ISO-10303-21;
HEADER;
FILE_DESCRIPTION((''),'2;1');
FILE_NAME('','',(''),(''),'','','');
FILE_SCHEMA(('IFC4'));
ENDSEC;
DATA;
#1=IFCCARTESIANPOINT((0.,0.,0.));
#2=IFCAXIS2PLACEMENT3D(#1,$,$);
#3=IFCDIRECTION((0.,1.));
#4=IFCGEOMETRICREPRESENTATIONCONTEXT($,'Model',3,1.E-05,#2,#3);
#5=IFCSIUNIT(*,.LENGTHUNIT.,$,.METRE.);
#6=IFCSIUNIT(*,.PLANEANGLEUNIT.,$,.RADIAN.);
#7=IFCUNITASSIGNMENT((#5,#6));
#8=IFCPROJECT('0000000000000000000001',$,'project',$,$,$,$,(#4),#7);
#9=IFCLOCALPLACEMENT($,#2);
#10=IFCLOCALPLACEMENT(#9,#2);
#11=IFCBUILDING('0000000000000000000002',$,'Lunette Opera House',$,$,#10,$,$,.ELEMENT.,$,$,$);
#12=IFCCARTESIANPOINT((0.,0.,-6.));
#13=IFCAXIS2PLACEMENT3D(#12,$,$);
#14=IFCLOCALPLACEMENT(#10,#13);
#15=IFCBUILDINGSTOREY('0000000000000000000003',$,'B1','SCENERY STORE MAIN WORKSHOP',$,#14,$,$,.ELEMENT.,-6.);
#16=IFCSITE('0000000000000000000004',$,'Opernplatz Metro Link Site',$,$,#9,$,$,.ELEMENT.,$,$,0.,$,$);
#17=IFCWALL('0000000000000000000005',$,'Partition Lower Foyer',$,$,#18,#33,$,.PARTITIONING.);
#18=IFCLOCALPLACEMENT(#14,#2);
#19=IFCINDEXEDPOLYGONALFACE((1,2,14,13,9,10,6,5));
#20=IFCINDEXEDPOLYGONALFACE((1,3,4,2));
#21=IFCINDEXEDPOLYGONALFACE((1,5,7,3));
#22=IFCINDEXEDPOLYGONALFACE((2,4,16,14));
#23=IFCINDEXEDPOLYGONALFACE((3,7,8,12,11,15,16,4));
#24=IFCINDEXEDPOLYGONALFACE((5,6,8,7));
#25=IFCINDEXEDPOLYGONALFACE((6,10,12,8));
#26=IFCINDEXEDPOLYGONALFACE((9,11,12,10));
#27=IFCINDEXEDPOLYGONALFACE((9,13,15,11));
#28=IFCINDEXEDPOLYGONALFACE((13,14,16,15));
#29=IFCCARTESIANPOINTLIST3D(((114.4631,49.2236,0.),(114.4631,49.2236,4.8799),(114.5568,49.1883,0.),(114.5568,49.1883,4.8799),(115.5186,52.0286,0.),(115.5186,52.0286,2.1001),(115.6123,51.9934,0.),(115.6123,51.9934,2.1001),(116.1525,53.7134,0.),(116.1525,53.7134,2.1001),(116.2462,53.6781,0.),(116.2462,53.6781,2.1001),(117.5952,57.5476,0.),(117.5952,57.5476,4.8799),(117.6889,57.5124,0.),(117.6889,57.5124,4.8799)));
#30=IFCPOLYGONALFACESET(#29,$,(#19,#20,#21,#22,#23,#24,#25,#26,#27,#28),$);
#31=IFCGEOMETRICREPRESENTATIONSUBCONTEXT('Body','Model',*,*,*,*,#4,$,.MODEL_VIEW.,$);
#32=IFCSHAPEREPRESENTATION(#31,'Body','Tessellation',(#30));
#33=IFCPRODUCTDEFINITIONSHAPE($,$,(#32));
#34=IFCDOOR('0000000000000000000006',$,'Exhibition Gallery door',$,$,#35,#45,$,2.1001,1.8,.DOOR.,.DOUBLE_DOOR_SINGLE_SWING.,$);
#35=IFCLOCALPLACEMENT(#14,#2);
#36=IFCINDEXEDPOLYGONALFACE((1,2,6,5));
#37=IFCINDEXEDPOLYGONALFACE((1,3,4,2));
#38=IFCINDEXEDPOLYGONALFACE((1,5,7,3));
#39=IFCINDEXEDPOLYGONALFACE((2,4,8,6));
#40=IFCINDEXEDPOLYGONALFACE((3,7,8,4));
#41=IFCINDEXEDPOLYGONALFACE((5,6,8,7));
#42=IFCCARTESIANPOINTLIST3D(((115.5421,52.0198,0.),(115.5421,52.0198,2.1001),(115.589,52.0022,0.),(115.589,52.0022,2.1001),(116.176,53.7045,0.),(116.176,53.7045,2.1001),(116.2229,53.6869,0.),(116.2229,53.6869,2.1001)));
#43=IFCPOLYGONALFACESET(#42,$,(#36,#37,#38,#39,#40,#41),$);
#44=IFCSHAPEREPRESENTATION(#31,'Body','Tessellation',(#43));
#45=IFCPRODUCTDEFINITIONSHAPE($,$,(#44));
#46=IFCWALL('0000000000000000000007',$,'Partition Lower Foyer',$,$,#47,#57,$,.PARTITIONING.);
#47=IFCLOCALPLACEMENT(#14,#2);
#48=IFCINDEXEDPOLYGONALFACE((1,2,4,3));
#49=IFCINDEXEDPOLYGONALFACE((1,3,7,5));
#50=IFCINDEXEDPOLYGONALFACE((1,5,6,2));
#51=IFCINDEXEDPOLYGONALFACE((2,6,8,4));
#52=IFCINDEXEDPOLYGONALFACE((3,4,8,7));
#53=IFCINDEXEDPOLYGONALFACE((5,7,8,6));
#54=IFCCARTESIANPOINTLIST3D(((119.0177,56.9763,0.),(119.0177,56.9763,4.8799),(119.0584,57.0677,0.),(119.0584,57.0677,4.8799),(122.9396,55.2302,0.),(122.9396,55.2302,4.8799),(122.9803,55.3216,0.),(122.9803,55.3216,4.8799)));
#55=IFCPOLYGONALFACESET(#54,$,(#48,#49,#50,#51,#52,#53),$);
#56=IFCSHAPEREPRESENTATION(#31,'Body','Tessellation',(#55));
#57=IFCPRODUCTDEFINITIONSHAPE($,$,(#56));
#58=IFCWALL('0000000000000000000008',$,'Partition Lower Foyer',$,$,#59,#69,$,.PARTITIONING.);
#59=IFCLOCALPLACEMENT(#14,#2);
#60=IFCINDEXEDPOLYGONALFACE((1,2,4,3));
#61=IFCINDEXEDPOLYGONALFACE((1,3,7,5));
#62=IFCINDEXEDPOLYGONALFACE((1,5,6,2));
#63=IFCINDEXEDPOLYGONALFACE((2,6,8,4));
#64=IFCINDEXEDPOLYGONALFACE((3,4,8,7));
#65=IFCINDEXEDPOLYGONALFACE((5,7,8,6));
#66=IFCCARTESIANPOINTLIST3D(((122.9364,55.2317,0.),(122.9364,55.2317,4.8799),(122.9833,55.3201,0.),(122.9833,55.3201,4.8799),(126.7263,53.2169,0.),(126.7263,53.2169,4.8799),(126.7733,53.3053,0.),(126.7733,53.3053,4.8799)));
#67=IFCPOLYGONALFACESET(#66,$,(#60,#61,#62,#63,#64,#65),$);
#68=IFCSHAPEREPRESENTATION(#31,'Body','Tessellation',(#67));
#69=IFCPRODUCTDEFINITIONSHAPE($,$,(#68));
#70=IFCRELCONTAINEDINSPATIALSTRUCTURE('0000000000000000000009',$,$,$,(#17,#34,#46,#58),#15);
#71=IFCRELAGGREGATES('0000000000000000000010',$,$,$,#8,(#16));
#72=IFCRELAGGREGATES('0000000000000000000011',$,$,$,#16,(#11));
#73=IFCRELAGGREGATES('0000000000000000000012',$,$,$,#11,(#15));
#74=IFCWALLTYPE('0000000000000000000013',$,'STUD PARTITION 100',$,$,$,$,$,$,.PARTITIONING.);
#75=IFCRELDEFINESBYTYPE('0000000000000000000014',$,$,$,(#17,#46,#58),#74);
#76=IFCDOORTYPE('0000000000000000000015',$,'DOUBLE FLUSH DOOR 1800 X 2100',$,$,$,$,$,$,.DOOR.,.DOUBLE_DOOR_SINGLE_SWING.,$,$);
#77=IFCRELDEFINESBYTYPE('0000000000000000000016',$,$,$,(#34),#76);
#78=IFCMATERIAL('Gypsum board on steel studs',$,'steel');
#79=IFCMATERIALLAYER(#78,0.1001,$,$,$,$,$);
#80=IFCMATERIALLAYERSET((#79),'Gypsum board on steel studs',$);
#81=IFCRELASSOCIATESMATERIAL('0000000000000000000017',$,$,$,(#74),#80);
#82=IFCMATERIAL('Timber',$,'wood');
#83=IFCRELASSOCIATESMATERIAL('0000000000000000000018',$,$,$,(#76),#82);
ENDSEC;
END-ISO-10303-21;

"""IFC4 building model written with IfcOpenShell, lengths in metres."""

from ifc_helpers import new_model, si_unit, direction, frame, frame_2d, origin, place, context, subcontext, project, spatial, rectangle, extrude, material, layer, layer_set, type_object, element, fill, save


model = new_model("IFC4")

# Units and contexts
model_context = context("Model", 3, precision=1e-05, world=origin(), true_north=direction((0.0, 1.0)))
body_context = subcontext(model_context, "Body", "Model", "MODEL_VIEW")
ifc_project = project(units=[si_unit("LENGTHUNIT", "METRE"), si_unit("PLANEANGLEUNIT", "RADIAN")], contexts=[model_context])

# Site, building, storey
site_placement = place(None, origin())
site = spatial("IfcSite", under=ifc_project, at=site_placement, Name="Opernplatz Metro Link Site", CompositionType="ELEMENT", RefElevation=0.0)
building_placement = place(site_placement, origin())
building = spatial("IfcBuilding", under=site, at=building_placement, Name="Lunette Opera House", CompositionType="ELEMENT")
storey_placement = place(building_placement, frame((0.0, 0.0, -6.0)))
storey = spatial("IfcBuildingStorey", under=building, at=storey_placement, Name="B1", Description="SCENERY STORE MAIN WORKSHOP", CompositionType="ELEMENT", Elevation=-6.0)

# Wall, opening, door
ifc_material_1 = material(Name="Gypsum board on steel studs", Category="steel")
ifc_layer_1 = layer(ifc_material_1, 0.1001)
ifc_layer_set_1 = layer_set([ifc_layer_1], Name="Gypsum board on steel studs")
wall_type_1 = type_object("IfcWallType", Name="STUD PARTITION 100", PredefinedType="PARTITIONING", material=ifc_layer_set_1)
wall_1_placement = place(storey_placement, frame((114.51, 49.2061, 0.0), z_axis=(0.0, 0.0, 1.0), x_axis=(0.352167, 0.935937, 0.0)))
wall_1 = element("IfcWall", 1, at=wall_1_placement, inside=storey, type_object=wall_type_1, Name="Partition Lower Foyer", PredefinedType="PARTITIONING", context=body_context, shape_type="SweptSolid", body=[
    extrude(rectangle(XDim=8.8938, YDim=0.1001, at=frame_2d((4.4468, 0.0))), origin(), (0.0, 0.0, 1.0), 4.8799),
])
opening_placement = place(wall_1_placement, frame((2.9971, 0.0, 0.0)))
opening = element("IfcOpeningElement", 2, at=opening_placement, cuts=wall_1, PredefinedType="OPENING", context=body_context, shape_type="SweptSolid", body=[
    extrude(rectangle(XDim=1.8, YDim=2.1001, at=frame_2d((0.8999, 1.05))), frame((0.0, 0.062, 0.0), z_axis=(0.0, -1.0, 0.0), x_axis=(1.0, 0.0, 0.0)), (0.0, 0.0, 1.0), 0.124),
])
ifc_material_2 = material(Name="Timber", Category="wood")
door_type = type_object("IfcDoorType", Name="DOUBLE FLUSH DOOR 1800 X 2100", OperationType="DOUBLE_DOOR_SINGLE_SWING", PredefinedType="DOOR", material=ifc_material_2)
door_placement = place(opening_placement, origin())
door = element("IfcDoor", 3, at=door_placement, inside=storey, type_object=door_type, Name="Exhibition Gallery door", OperationType="DOUBLE_DOOR_SINGLE_SWING", OverallHeight=2.1001, OverallWidth=1.8, PredefinedType="DOOR", context=body_context, shape_type="SweptSolid", body=[
    extrude(rectangle(XDim=1.8, YDim=2.1001, at=frame_2d((0.8999, 1.05))), frame((0.0, 0.0249, 0.0), z_axis=(0.0, -1.0, 0.0), x_axis=(1.0, 0.0, 0.0)), (0.0, 0.0, 1.0), 0.05),
])
fill(opening, door)

# Walls
wall_2_placement = place(storey_placement, frame((119.0381, 57.022, 0.0), z_axis=(0.0, 0.0, 1.0), x_axis=(0.913549, -0.406729, 0.0)))
element("IfcWall", 4, at=wall_2_placement, inside=storey, type_object=wall_type_1, Name="Partition Lower Foyer", PredefinedType="PARTITIONING", context=body_context, shape_type="SweptSolid", body=[
    extrude(rectangle(XDim=4.293, YDim=0.1001, at=frame_2d((2.1465, 0.0))), origin(), (0.0, 0.0, 1.0), 4.8799),
])
wall_3_placement = place(storey_placement, frame((122.96, 55.2759, 0.0), z_axis=(0.0, 0.0, 1.0), x_axis=(0.882977, -0.469416, 0.0)))
element("IfcWall", 5, at=wall_3_placement, inside=storey, type_object=wall_type_1, Name="Partition Lower Foyer", PredefinedType="PARTITIONING", context=body_context, shape_type="SweptSolid", body=[
    extrude(rectangle(XDim=4.2922, YDim=0.1001, at=frame_2d((2.146, 0.0))), origin(), (0.0, 0.0, 1.0), 4.8799),
])

save(model, "model.ifc")
